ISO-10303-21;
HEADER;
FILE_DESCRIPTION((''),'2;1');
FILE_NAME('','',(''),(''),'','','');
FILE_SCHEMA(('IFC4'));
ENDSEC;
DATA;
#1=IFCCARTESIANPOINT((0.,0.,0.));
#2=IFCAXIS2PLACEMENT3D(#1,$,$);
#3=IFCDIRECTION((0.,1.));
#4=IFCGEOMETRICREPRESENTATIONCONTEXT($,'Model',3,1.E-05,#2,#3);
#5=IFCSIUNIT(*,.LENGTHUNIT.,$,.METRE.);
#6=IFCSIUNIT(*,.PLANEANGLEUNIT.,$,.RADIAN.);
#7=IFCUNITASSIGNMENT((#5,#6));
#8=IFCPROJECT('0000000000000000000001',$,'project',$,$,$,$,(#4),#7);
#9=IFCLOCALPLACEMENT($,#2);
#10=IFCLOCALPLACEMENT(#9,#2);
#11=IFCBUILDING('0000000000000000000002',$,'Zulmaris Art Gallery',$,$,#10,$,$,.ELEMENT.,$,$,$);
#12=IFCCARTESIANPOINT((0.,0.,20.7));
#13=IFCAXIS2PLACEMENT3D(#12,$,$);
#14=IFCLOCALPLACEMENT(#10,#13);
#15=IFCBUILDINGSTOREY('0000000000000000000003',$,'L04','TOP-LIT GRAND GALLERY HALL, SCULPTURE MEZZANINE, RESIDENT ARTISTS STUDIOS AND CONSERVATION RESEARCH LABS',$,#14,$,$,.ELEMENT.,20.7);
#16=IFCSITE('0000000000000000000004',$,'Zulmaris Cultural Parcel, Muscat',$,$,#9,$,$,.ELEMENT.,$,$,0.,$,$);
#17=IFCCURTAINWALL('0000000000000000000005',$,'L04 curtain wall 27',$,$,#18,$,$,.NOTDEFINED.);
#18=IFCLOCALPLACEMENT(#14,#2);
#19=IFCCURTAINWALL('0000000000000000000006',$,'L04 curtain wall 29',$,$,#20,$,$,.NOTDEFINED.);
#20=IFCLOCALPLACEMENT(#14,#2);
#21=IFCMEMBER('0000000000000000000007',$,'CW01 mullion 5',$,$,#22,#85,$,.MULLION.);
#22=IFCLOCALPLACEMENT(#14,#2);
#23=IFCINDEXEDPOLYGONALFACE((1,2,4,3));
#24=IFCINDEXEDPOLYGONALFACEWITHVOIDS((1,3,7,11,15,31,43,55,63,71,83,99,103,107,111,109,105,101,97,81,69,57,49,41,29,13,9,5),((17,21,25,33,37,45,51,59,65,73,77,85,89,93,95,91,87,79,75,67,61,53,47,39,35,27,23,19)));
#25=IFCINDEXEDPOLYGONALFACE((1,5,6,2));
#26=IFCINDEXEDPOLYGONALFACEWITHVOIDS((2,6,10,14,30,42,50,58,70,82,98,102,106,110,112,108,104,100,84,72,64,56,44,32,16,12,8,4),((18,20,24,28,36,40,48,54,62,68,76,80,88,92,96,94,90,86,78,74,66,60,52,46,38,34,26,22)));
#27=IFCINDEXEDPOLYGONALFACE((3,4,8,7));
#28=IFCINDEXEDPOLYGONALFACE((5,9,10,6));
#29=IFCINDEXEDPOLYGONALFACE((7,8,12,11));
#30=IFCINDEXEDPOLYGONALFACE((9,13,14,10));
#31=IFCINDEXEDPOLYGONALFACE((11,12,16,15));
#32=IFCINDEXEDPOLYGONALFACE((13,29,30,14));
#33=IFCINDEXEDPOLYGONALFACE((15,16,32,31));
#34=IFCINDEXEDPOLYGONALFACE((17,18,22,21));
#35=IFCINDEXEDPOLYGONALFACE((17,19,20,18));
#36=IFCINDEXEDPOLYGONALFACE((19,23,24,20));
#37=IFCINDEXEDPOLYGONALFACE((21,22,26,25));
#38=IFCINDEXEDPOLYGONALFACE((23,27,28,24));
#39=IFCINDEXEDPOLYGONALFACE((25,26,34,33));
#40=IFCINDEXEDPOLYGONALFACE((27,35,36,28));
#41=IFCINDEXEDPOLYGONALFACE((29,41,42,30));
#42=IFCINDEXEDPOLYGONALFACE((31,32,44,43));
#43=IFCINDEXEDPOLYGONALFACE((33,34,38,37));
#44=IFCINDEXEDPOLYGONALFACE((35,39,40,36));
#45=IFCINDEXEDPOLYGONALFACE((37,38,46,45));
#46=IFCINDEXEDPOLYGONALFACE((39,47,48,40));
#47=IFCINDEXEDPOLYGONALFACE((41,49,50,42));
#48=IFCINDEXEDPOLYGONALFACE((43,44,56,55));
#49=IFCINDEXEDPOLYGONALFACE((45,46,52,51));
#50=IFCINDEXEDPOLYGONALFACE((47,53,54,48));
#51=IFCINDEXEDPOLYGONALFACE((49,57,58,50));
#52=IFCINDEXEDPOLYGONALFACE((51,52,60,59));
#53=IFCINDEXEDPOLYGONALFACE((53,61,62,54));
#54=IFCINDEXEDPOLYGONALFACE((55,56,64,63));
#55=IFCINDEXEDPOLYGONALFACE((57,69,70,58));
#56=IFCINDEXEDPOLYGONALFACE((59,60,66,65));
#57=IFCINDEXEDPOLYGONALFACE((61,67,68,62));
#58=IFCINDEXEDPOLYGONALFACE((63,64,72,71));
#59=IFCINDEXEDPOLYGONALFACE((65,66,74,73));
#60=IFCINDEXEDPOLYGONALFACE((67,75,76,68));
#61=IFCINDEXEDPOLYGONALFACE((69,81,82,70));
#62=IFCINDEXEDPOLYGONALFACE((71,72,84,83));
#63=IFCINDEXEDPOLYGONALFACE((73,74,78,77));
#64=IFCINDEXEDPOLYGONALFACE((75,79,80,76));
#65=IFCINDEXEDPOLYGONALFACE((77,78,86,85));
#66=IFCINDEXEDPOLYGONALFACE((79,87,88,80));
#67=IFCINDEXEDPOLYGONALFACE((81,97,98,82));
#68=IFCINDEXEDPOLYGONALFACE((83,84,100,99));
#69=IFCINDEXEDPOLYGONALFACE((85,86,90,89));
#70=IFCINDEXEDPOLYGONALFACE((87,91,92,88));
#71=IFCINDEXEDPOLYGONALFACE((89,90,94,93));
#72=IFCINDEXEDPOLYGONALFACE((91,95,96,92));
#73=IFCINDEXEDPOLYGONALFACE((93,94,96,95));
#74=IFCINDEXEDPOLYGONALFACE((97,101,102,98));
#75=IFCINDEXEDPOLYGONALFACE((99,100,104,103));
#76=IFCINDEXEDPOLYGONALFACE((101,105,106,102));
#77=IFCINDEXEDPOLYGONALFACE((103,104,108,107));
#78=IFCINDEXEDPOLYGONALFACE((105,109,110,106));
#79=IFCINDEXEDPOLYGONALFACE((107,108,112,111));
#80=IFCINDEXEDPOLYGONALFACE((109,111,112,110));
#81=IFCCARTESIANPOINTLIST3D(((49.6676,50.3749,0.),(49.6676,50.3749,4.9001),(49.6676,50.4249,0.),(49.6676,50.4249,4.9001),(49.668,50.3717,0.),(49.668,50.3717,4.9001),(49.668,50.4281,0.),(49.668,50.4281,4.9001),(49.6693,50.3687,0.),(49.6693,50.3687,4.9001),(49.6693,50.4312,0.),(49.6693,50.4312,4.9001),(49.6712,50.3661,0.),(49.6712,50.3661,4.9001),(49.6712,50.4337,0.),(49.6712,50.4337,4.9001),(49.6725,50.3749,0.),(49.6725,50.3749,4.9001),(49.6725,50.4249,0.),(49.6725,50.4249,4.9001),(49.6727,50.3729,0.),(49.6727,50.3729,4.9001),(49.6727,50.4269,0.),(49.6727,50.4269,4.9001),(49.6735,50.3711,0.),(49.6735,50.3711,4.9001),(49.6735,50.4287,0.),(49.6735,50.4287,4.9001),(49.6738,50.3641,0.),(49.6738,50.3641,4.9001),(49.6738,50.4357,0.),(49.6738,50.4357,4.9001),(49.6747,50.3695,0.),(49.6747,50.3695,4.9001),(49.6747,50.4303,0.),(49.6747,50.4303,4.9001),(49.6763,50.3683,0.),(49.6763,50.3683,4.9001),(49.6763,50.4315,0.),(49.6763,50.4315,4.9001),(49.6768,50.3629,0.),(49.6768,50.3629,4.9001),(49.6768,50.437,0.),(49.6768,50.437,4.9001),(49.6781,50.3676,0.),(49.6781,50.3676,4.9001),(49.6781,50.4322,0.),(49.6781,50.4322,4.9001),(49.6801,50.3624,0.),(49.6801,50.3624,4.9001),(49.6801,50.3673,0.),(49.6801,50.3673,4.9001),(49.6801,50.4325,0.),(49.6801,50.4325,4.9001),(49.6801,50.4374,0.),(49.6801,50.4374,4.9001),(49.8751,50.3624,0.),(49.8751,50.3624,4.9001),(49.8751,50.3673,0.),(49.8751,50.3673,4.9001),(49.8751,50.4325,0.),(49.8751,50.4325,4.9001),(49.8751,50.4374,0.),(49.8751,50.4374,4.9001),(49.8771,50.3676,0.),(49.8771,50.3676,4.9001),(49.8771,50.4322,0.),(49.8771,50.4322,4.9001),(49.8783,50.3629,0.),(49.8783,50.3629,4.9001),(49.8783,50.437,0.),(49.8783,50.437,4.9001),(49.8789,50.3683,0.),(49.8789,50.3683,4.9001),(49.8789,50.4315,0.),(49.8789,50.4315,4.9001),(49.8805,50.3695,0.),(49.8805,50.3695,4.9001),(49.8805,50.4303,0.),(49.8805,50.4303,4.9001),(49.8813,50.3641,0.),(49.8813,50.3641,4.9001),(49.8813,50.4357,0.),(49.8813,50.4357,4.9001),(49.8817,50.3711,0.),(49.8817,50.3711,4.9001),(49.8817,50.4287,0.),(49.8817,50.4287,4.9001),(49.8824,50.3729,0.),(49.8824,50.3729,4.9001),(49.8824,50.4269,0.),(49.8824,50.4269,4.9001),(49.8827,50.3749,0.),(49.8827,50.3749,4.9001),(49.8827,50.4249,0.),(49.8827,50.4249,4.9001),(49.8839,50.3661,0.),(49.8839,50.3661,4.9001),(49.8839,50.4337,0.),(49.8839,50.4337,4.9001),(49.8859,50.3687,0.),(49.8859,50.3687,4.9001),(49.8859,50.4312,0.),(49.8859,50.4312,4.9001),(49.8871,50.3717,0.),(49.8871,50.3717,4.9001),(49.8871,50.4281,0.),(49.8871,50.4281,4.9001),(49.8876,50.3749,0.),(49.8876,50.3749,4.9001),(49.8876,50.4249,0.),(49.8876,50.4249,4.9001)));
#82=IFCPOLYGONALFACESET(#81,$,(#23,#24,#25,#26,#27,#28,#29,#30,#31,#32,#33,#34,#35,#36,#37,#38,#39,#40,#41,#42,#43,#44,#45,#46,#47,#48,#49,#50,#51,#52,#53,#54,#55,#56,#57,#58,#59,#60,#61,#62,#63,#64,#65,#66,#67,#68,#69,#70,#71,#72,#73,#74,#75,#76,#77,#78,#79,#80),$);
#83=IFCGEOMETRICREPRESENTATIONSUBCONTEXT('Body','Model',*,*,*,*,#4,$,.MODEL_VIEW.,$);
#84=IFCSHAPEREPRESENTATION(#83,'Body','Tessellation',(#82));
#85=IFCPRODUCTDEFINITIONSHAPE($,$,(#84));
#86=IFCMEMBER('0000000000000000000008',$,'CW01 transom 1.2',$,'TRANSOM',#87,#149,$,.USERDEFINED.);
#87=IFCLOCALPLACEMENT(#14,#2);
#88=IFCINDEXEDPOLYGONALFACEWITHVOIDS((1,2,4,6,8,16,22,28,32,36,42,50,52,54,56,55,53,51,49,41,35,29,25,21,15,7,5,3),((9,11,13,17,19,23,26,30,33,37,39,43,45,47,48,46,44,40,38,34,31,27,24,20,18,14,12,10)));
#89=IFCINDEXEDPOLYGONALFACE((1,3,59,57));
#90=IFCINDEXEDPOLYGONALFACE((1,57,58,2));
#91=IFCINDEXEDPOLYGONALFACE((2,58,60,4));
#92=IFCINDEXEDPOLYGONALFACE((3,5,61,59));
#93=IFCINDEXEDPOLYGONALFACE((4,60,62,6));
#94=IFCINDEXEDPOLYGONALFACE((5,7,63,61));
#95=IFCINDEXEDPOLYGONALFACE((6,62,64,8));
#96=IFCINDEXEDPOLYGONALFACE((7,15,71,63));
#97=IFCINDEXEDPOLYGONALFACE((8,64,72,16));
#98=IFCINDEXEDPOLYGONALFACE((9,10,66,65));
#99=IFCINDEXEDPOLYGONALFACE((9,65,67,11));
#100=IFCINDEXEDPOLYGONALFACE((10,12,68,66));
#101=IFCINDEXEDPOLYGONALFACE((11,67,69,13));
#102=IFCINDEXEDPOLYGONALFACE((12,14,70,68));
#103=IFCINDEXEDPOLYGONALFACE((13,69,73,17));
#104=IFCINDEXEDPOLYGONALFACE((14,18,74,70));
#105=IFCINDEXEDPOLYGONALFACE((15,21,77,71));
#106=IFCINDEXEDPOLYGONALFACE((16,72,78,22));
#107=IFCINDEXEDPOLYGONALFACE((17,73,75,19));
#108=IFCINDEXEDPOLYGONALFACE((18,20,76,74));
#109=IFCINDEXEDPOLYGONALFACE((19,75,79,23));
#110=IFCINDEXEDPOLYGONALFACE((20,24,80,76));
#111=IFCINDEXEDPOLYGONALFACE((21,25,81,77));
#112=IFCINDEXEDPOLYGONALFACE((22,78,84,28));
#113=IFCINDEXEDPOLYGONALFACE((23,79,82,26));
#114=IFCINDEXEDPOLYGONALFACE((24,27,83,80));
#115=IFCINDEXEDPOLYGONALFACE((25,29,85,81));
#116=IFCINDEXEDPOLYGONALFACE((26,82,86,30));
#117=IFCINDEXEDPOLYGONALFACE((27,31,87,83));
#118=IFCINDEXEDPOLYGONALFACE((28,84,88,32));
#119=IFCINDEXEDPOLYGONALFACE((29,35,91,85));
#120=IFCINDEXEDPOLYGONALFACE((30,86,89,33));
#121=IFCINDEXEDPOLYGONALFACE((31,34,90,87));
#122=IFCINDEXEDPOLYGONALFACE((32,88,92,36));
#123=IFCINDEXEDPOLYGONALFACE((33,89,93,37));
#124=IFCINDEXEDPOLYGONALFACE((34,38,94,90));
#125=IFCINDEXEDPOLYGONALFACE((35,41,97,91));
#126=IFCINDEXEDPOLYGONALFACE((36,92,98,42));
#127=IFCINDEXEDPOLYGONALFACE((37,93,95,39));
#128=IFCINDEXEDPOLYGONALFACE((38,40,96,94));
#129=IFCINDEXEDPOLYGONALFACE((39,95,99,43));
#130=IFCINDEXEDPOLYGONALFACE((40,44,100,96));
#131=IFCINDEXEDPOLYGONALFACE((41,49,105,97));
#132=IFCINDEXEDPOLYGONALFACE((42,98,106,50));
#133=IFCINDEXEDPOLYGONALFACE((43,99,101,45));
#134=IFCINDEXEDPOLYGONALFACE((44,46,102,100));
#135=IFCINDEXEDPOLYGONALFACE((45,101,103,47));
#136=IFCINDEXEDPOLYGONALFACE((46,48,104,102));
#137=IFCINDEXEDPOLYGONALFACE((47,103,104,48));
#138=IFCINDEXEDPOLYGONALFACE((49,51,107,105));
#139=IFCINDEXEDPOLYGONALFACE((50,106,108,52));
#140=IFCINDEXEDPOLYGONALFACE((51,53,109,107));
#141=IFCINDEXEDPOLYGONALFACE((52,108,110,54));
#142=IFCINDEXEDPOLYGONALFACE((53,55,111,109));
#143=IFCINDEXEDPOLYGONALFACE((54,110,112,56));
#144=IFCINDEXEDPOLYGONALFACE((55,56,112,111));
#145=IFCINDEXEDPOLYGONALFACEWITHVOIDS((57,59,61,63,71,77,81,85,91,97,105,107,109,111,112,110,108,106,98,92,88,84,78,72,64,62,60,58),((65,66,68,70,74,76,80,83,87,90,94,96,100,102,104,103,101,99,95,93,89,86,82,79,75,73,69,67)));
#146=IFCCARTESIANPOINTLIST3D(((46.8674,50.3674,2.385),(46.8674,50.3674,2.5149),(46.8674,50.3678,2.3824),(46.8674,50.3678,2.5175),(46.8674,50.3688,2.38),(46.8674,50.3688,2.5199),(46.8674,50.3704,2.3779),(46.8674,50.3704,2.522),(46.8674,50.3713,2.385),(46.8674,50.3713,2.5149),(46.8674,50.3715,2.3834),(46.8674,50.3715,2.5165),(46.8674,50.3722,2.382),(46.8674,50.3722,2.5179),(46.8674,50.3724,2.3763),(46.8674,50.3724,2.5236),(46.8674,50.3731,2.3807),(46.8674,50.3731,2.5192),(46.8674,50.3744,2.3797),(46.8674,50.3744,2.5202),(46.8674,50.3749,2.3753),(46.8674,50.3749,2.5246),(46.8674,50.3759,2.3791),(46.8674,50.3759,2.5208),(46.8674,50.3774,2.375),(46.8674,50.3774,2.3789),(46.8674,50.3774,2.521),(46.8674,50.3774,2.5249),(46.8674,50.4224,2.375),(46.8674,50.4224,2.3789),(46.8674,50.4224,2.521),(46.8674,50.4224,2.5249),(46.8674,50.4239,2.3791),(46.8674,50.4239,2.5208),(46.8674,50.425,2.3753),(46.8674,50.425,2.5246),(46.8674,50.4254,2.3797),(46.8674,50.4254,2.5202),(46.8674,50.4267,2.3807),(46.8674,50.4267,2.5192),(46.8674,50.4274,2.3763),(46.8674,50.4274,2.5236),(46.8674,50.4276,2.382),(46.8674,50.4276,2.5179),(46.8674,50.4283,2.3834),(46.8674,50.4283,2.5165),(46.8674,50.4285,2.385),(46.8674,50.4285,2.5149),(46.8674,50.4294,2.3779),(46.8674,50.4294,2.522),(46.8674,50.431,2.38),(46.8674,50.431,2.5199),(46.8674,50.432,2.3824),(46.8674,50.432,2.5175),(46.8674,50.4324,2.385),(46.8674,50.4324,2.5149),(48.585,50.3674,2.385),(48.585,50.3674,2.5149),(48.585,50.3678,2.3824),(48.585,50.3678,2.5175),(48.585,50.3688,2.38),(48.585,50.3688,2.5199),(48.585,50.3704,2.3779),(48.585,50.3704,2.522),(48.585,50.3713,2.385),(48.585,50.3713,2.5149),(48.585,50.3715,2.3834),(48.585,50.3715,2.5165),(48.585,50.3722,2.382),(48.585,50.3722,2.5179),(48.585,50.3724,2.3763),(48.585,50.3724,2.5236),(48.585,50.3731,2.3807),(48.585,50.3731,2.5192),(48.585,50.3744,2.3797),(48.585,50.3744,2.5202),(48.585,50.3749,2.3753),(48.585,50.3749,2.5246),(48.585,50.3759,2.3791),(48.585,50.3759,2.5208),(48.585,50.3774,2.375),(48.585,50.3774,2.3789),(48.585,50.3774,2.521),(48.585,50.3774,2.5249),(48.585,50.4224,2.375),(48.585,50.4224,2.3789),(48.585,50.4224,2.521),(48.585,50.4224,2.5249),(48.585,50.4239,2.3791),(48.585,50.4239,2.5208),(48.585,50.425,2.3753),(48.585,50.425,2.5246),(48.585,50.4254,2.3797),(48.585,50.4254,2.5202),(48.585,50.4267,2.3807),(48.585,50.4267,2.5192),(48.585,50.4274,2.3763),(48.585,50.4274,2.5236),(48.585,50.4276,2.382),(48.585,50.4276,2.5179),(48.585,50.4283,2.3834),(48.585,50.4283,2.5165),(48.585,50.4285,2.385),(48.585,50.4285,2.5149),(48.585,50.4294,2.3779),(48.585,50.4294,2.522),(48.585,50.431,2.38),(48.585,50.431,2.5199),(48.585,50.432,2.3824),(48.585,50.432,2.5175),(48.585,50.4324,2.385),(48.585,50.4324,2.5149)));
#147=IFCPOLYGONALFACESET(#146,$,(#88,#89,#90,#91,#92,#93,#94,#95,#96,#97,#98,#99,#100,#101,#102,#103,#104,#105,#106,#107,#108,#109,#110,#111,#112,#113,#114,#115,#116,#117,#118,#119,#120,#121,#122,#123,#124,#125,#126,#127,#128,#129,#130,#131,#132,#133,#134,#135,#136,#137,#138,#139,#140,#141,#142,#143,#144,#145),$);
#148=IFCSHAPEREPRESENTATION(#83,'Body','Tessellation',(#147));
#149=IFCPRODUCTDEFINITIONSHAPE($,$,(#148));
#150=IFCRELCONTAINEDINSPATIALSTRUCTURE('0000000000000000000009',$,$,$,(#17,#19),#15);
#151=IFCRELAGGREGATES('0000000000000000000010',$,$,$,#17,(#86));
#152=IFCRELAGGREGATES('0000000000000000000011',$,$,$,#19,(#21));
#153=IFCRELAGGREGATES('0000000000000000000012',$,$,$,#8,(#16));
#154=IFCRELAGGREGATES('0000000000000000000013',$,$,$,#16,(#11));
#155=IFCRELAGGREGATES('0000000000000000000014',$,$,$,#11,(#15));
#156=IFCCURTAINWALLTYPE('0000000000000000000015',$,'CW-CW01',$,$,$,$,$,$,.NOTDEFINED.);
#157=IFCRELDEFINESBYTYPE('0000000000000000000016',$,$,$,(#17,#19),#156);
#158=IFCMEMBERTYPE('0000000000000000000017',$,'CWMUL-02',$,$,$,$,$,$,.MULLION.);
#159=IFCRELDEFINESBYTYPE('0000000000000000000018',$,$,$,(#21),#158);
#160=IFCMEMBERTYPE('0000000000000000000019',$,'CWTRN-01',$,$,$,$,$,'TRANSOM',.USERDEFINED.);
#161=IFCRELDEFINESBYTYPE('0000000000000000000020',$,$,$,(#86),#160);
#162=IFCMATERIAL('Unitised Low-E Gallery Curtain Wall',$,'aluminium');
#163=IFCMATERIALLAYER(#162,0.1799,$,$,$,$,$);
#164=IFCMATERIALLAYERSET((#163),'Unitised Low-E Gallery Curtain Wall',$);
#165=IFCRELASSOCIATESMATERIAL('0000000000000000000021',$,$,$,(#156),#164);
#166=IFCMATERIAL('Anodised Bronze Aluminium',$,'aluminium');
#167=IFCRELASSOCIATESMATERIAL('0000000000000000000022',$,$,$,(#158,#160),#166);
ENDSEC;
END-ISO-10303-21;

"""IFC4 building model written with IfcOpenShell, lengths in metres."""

from ifc_helpers import new_model, si_unit, direction, frame, origin, origin_2d, place, context, subcontext, project, spatial, hollow_rectangle, extrude, material, layer, layer_set, material_profile, profile_set, type_object, element, aggregate, save


model = new_model("IFC4")

# Units and contexts
model_context = context("Model", 3, precision=1e-05, world=origin(), true_north=direction((0.0, 1.0)))
body_context = subcontext(model_context, "Body", "Model", "MODEL_VIEW")
ifc_project = project(units=[si_unit("LENGTHUNIT", "METRE"), si_unit("PLANEANGLEUNIT", "RADIAN")], contexts=[model_context])

# Site, building, storey
site_placement = place(None, origin())
site = spatial("IfcSite", under=ifc_project, at=site_placement, Name="Zulmaris Cultural Parcel, Muscat", CompositionType="ELEMENT", RefElevation=0.0)
building_placement = place(site_placement, origin())
building = spatial("IfcBuilding", under=site, at=building_placement, Name="Zulmaris Art Gallery", CompositionType="ELEMENT")
storey_placement = place(building_placement, frame((0.0, 0.0, 20.7)))
storey = spatial("IfcBuildingStorey", under=building, at=storey_placement, Name="L04", Description="TOP-LIT GRAND GALLERY HALL, SCULPTURE MEZZANINE, RESIDENT ARTISTS STUDIOS AND CONSERVATION RESEARCH LABS", CompositionType="ELEMENT", Elevation=20.7)

# Curtain wall
ifc_material_1 = material(Name="Unitised Low-E Gallery Curtain Wall", Category="aluminium")
ifc_layer_1 = layer(ifc_material_1, 0.1799)
ifc_layer_set_1 = layer_set([ifc_layer_1], Name="Unitised Low-E Gallery Curtain Wall")
curtain_wall_type = type_object("IfcCurtainWallType", Name="CW-CW01", PredefinedType="NOTDEFINED", material=ifc_layer_set_1)
curtain_wall_1_placement = place(storey_placement, origin())
curtain_wall_1 = element("IfcCurtainWall", 1, at=curtain_wall_1_placement, inside=storey, type_object=curtain_wall_type, Name="L04 curtain wall 27", PredefinedType="NOTDEFINED")
ifc_material_2 = material(Name="Anodised Bronze Aluminium", Category="aluminium")
ifc_material_profile_1 = material_profile(ifc_material_2, hollow_rectangle(XDim=0.075, YDim=0.22, WallThickness=0.0049, InnerFilletRadius=0.0076, OuterFilletRadius=0.0125, at=origin_2d()), Name="ALU 75x220x5")
ifc_profile_set_1 = profile_set([ifc_material_profile_1], Name="Anodised Bronze Aluminium")
member_type_1 = type_object("IfcMemberType", Name="CWMUL-02", PredefinedType="MULLION", material=ifc_profile_set_1)

# Curtain wall, member
curtain_wall_2_placement = place(storey_placement, origin())
curtain_wall_2 = element("IfcCurtainWall", 2, at=curtain_wall_2_placement, inside=storey, type_object=curtain_wall_type, Name="L04 curtain wall 29", PredefinedType="NOTDEFINED")
member_1_placement = place(storey_placement, frame((49.7776, 50.3999, 0.0), z_axis=(0.0, 0.0, 1.0), x_axis=(0.0, -1.0, 0.0)))
member_1 = element("IfcMember", 3, at=member_1_placement, type_object=member_type_1, Name="CW01 mullion 5", PredefinedType="MULLION", context=body_context, shape_type="SweptSolid", body=[
    extrude(hollow_rectangle(XDim=0.075, YDim=0.22, WallThickness=0.0049, InnerFilletRadius=0.0076, OuterFilletRadius=0.0125, at=origin_2d()), origin(), (0.0, 0.0, 1.0), 4.9001),
])

# Member
ifc_material_profile_2 = material_profile(ifc_material_2, hollow_rectangle(XDim=0.0649, YDim=0.1499, WallThickness=0.0039, InnerFilletRadius=0.0061, OuterFilletRadius=0.01, at=origin_2d()), Name="ALU 65x150x4")
ifc_profile_set_2 = profile_set([ifc_material_profile_2], Name="Anodised Bronze Aluminium")
member_type_2 = type_object("IfcMemberType", Name="CWTRN-01", ElementType="TRANSOM", PredefinedType="USERDEFINED", material=ifc_profile_set_2)
member_2_placement = place(storey_placement, frame((48.585, 50.3999, 2.45), z_axis=(-1.0, 0.0, 0.0), x_axis=(0.0, -1.0, 0.0)))
member_2 = element("IfcMember", 4, at=member_2_placement, type_object=member_type_2, Name="CW01 transom 1.2", ObjectType="TRANSOM", PredefinedType="USERDEFINED", context=body_context, shape_type="SweptSolid", body=[
    extrude(hollow_rectangle(XDim=0.0649, YDim=0.1499, WallThickness=0.0039, InnerFilletRadius=0.0061, OuterFilletRadius=0.01, at=origin_2d()), origin(), (0.0, 0.0, 1.0), 1.7175),
])
aggregate(curtain_wall_1, [member_2])

aggregate(curtain_wall_2, [member_1])

save(model, "model.ifc")
